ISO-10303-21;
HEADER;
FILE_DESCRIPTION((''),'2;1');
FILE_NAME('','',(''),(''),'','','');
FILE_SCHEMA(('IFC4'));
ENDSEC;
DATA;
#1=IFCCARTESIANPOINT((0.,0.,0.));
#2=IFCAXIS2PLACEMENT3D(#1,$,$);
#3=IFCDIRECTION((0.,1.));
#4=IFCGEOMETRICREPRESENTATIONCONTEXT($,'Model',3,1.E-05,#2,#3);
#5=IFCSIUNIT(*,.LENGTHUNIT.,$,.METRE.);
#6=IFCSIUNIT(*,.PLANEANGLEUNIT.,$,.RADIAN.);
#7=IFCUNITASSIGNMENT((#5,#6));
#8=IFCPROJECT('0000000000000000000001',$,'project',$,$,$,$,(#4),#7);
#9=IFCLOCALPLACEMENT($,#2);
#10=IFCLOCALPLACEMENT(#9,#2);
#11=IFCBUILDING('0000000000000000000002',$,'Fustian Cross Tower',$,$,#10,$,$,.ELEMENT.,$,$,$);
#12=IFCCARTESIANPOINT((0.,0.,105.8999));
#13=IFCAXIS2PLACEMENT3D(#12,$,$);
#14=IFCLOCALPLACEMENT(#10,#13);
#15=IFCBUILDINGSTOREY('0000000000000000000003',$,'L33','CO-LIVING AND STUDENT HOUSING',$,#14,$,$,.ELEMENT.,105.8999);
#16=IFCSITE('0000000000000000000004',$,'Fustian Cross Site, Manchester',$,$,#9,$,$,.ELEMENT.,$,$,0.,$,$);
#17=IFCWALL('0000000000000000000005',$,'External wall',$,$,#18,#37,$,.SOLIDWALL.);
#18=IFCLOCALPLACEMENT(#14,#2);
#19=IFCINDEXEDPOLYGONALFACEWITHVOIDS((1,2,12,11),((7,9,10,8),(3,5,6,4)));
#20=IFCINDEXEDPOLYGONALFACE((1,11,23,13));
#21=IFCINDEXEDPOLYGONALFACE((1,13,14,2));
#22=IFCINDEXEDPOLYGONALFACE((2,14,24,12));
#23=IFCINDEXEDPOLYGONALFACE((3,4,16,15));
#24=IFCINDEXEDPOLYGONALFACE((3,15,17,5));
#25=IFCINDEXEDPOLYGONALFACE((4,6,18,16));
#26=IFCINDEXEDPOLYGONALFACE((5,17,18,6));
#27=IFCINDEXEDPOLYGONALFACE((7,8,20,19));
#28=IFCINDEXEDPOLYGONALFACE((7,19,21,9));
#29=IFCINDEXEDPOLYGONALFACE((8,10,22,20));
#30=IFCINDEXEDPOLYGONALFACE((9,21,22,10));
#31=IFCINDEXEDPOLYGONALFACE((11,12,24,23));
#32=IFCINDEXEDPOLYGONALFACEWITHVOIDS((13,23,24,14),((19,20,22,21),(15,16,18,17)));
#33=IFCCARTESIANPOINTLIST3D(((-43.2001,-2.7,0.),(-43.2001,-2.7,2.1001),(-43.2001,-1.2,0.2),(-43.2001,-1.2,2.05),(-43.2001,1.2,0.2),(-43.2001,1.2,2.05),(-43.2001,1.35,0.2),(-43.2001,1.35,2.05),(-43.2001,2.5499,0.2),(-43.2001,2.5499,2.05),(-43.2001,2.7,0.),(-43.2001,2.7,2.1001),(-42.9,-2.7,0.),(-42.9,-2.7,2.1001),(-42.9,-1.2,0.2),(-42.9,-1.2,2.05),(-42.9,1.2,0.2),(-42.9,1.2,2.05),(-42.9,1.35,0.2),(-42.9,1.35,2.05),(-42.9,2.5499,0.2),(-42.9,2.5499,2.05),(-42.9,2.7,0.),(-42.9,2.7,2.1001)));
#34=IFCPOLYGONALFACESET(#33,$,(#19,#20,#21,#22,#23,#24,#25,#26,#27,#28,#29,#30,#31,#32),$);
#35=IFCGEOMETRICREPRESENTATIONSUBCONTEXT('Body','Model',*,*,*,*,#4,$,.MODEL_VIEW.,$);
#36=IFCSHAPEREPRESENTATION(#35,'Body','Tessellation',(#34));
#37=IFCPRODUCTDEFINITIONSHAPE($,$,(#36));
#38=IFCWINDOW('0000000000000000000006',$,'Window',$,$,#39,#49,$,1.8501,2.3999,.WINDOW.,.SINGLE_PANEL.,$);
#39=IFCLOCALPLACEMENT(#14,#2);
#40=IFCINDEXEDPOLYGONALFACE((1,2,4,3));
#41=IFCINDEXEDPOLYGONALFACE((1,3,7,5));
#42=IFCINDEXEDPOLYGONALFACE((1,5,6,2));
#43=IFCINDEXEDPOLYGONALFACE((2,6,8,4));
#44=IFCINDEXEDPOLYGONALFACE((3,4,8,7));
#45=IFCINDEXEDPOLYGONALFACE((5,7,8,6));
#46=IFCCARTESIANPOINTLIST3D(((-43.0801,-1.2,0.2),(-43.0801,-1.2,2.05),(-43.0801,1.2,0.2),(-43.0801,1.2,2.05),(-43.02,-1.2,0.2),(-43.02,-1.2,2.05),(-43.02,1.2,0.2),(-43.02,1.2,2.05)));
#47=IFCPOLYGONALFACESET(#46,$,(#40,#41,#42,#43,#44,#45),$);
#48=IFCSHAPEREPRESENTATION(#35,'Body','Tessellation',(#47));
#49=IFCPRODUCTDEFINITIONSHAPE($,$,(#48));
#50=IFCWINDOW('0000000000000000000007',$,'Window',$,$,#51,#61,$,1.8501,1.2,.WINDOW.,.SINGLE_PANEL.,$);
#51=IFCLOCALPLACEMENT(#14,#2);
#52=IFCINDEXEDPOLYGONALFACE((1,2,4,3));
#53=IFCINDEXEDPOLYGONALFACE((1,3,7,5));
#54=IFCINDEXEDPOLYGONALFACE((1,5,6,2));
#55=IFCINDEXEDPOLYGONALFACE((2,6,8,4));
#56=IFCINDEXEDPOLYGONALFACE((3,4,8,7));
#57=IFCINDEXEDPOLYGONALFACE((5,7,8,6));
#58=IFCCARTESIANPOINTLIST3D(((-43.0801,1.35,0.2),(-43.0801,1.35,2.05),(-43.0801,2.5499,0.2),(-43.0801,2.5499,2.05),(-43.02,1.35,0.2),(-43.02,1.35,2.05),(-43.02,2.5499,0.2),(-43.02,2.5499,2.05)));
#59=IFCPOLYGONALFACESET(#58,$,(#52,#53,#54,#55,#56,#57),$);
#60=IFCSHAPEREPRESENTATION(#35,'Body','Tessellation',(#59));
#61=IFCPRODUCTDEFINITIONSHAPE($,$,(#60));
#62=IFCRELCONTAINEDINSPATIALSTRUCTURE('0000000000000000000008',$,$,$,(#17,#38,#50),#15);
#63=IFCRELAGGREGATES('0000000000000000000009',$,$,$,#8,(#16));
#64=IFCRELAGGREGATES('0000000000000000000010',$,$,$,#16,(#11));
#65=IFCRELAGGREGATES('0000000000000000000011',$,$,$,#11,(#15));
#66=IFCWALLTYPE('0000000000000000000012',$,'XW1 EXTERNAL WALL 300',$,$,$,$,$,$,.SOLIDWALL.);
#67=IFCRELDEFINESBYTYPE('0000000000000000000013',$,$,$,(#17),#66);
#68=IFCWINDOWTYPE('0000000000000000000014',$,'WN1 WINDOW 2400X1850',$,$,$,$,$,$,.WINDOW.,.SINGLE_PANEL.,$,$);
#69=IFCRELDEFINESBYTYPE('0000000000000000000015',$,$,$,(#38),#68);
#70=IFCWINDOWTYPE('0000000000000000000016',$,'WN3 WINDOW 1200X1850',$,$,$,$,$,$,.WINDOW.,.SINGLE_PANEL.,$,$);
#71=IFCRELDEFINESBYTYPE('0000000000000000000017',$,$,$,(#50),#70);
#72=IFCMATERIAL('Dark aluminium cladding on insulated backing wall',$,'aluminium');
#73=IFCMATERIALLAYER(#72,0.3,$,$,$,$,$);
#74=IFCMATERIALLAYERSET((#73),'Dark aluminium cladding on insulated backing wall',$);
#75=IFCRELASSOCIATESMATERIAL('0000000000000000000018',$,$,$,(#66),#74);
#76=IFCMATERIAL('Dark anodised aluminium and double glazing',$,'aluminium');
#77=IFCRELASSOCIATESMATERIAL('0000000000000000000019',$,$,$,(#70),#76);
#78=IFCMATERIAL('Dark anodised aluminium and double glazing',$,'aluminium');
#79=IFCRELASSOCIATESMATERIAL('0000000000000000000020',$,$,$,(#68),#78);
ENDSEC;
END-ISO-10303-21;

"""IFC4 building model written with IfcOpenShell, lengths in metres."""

from ifc_helpers import new_model, si_unit, direction, frame, frame_2d, origin, place, context, subcontext, project, spatial, rectangle, extrude, material, layer, layer_set, type_object, element, fill, save


model = new_model("IFC4")

# Units and contexts
model_context = context("Model", 3, precision=1e-05, world=origin(), true_north=direction((0.0, 1.0)))
body_context = subcontext(model_context, "Body", "Model", "MODEL_VIEW")
ifc_project = project(units=[si_unit("LENGTHUNIT", "METRE"), si_unit("PLANEANGLEUNIT", "RADIAN")], contexts=[model_context])

# Site, building, storey
site_placement = place(None, origin())
site = spatial("IfcSite", under=ifc_project, at=site_placement, Name="Fustian Cross Site, Manchester", CompositionType="ELEMENT", RefElevation=0.0)
building_placement = place(site_placement, origin())
building = spatial("IfcBuilding", under=site, at=building_placement, Name="Fustian Cross Tower", CompositionType="ELEMENT")
storey_placement = place(building_placement, frame((0.0, 0.0, 105.8999)))
storey = spatial("IfcBuildingStorey", under=building, at=storey_placement, Name="L33", Description="CO-LIVING AND STUDENT HOUSING", CompositionType="ELEMENT", Elevation=105.8999)

# Shared definitions
ifc_material_1 = material(Name="Dark aluminium cladding on insulated backing wall", Category="aluminium")
ifc_layer = layer(ifc_material_1, 0.3)
ifc_layer_set = layer_set([ifc_layer], Name="Dark aluminium cladding on insulated backing wall")
wall_type = type_object("IfcWallType", Name="XW1 EXTERNAL WALL 300", PredefinedType="SOLIDWALL", material=ifc_layer_set)
ifc_material_2 = material(Name="Dark anodised aluminium and double glazing", Category="aluminium")
window_type_1 = type_object("IfcWindowType", Name="WN3 WINDOW 1200X1850", PartitioningType="SINGLE_PANEL", PredefinedType="WINDOW", material=ifc_material_2)

# Wall, openings, windows
wall_1_placement = place(storey_placement, frame((-43.05, 2.7, 0.0), z_axis=(0.0, 0.0, 1.0), x_axis=(0.0, -1.0, 0.0)))
wall_1 = element("IfcWall", 1, at=wall_1_placement, inside=storey, type_object=wall_type, Name="External wall", PredefinedType="SOLIDWALL", context=body_context, shape_type="SweptSolid", body=[
    extrude(rectangle(XDim=5.3999, YDim=0.3, at=frame_2d((2.7, 0.0))), origin(), (0.0, 0.0, 1.0), 2.1001),
])
opening_1_placement = place(wall_1_placement, frame((1.5, 0.0, 0.2)))
opening_1 = element("IfcOpeningElement", 2, at=opening_1_placement, cuts=wall_1, PredefinedType="OPENING", context=body_context, shape_type="SweptSolid", body=[
    extrude(rectangle(XDim=2.3999, YDim=1.8501, at=frame_2d((1.2, 0.925))), frame((0.0, 0.1599, 0.0), z_axis=(0.0, -1.0, 0.0), x_axis=(1.0, 0.0, 0.0)), (0.0, 0.0, 1.0), 0.3201),
])
opening_2_placement = place(wall_1_placement, frame((0.1499, 0.0, 0.2)))
opening_2 = element("IfcOpeningElement", 3, at=opening_2_placement, cuts=wall_1, PredefinedType="OPENING", context=body_context, shape_type="SweptSolid", body=[
    extrude(rectangle(XDim=1.2, YDim=1.8501, at=frame_2d((0.6001, 0.925))), frame((0.0, 0.1599, 0.0), z_axis=(0.0, -1.0, 0.0), x_axis=(1.0, 0.0, 0.0)), (0.0, 0.0, 1.0), 0.3201),
])
ifc_material_3 = material(Name="Dark anodised aluminium and double glazing", Category="aluminium")
window_type_2 = type_object("IfcWindowType", Name="WN1 WINDOW 2400X1850", PartitioningType="SINGLE_PANEL", PredefinedType="WINDOW", material=ifc_material_3)
window_1_placement = place(opening_1_placement, origin())
window_1 = element("IfcWindow", 4, at=window_1_placement, inside=storey, type_object=window_type_2, Name="Window", OverallHeight=1.8501, OverallWidth=2.3999, PartitioningType="SINGLE_PANEL", PredefinedType="WINDOW", context=body_context, shape_type="SweptSolid", body=[
    extrude(rectangle(XDim=2.3999, YDim=1.8501, at=frame_2d((1.2, 0.925))), frame((0.0, 0.03, 0.0), z_axis=(0.0, -1.0, 0.0), x_axis=(1.0, 0.0, 0.0)), (0.0, 0.0, 1.0), 0.0601),
])
fill(opening_1, window_1)
window_2_placement = place(opening_2_placement, origin())
window_2 = element("IfcWindow", 5, at=window_2_placement, inside=storey, type_object=window_type_1, Name="Window", OverallHeight=1.8501, OverallWidth=1.2, PartitioningType="SINGLE_PANEL", PredefinedType="WINDOW", context=body_context, shape_type="SweptSolid", body=[
    extrude(rectangle(XDim=1.2, YDim=1.8501, at=frame_2d((0.6001, 0.925))), frame((0.0, 0.03, 0.0), z_axis=(0.0, -1.0, 0.0), x_axis=(1.0, 0.0, 0.0)), (0.0, 0.0, 1.0), 0.0601),
])
fill(opening_2, window_2)

save(model, "model.ifc")
